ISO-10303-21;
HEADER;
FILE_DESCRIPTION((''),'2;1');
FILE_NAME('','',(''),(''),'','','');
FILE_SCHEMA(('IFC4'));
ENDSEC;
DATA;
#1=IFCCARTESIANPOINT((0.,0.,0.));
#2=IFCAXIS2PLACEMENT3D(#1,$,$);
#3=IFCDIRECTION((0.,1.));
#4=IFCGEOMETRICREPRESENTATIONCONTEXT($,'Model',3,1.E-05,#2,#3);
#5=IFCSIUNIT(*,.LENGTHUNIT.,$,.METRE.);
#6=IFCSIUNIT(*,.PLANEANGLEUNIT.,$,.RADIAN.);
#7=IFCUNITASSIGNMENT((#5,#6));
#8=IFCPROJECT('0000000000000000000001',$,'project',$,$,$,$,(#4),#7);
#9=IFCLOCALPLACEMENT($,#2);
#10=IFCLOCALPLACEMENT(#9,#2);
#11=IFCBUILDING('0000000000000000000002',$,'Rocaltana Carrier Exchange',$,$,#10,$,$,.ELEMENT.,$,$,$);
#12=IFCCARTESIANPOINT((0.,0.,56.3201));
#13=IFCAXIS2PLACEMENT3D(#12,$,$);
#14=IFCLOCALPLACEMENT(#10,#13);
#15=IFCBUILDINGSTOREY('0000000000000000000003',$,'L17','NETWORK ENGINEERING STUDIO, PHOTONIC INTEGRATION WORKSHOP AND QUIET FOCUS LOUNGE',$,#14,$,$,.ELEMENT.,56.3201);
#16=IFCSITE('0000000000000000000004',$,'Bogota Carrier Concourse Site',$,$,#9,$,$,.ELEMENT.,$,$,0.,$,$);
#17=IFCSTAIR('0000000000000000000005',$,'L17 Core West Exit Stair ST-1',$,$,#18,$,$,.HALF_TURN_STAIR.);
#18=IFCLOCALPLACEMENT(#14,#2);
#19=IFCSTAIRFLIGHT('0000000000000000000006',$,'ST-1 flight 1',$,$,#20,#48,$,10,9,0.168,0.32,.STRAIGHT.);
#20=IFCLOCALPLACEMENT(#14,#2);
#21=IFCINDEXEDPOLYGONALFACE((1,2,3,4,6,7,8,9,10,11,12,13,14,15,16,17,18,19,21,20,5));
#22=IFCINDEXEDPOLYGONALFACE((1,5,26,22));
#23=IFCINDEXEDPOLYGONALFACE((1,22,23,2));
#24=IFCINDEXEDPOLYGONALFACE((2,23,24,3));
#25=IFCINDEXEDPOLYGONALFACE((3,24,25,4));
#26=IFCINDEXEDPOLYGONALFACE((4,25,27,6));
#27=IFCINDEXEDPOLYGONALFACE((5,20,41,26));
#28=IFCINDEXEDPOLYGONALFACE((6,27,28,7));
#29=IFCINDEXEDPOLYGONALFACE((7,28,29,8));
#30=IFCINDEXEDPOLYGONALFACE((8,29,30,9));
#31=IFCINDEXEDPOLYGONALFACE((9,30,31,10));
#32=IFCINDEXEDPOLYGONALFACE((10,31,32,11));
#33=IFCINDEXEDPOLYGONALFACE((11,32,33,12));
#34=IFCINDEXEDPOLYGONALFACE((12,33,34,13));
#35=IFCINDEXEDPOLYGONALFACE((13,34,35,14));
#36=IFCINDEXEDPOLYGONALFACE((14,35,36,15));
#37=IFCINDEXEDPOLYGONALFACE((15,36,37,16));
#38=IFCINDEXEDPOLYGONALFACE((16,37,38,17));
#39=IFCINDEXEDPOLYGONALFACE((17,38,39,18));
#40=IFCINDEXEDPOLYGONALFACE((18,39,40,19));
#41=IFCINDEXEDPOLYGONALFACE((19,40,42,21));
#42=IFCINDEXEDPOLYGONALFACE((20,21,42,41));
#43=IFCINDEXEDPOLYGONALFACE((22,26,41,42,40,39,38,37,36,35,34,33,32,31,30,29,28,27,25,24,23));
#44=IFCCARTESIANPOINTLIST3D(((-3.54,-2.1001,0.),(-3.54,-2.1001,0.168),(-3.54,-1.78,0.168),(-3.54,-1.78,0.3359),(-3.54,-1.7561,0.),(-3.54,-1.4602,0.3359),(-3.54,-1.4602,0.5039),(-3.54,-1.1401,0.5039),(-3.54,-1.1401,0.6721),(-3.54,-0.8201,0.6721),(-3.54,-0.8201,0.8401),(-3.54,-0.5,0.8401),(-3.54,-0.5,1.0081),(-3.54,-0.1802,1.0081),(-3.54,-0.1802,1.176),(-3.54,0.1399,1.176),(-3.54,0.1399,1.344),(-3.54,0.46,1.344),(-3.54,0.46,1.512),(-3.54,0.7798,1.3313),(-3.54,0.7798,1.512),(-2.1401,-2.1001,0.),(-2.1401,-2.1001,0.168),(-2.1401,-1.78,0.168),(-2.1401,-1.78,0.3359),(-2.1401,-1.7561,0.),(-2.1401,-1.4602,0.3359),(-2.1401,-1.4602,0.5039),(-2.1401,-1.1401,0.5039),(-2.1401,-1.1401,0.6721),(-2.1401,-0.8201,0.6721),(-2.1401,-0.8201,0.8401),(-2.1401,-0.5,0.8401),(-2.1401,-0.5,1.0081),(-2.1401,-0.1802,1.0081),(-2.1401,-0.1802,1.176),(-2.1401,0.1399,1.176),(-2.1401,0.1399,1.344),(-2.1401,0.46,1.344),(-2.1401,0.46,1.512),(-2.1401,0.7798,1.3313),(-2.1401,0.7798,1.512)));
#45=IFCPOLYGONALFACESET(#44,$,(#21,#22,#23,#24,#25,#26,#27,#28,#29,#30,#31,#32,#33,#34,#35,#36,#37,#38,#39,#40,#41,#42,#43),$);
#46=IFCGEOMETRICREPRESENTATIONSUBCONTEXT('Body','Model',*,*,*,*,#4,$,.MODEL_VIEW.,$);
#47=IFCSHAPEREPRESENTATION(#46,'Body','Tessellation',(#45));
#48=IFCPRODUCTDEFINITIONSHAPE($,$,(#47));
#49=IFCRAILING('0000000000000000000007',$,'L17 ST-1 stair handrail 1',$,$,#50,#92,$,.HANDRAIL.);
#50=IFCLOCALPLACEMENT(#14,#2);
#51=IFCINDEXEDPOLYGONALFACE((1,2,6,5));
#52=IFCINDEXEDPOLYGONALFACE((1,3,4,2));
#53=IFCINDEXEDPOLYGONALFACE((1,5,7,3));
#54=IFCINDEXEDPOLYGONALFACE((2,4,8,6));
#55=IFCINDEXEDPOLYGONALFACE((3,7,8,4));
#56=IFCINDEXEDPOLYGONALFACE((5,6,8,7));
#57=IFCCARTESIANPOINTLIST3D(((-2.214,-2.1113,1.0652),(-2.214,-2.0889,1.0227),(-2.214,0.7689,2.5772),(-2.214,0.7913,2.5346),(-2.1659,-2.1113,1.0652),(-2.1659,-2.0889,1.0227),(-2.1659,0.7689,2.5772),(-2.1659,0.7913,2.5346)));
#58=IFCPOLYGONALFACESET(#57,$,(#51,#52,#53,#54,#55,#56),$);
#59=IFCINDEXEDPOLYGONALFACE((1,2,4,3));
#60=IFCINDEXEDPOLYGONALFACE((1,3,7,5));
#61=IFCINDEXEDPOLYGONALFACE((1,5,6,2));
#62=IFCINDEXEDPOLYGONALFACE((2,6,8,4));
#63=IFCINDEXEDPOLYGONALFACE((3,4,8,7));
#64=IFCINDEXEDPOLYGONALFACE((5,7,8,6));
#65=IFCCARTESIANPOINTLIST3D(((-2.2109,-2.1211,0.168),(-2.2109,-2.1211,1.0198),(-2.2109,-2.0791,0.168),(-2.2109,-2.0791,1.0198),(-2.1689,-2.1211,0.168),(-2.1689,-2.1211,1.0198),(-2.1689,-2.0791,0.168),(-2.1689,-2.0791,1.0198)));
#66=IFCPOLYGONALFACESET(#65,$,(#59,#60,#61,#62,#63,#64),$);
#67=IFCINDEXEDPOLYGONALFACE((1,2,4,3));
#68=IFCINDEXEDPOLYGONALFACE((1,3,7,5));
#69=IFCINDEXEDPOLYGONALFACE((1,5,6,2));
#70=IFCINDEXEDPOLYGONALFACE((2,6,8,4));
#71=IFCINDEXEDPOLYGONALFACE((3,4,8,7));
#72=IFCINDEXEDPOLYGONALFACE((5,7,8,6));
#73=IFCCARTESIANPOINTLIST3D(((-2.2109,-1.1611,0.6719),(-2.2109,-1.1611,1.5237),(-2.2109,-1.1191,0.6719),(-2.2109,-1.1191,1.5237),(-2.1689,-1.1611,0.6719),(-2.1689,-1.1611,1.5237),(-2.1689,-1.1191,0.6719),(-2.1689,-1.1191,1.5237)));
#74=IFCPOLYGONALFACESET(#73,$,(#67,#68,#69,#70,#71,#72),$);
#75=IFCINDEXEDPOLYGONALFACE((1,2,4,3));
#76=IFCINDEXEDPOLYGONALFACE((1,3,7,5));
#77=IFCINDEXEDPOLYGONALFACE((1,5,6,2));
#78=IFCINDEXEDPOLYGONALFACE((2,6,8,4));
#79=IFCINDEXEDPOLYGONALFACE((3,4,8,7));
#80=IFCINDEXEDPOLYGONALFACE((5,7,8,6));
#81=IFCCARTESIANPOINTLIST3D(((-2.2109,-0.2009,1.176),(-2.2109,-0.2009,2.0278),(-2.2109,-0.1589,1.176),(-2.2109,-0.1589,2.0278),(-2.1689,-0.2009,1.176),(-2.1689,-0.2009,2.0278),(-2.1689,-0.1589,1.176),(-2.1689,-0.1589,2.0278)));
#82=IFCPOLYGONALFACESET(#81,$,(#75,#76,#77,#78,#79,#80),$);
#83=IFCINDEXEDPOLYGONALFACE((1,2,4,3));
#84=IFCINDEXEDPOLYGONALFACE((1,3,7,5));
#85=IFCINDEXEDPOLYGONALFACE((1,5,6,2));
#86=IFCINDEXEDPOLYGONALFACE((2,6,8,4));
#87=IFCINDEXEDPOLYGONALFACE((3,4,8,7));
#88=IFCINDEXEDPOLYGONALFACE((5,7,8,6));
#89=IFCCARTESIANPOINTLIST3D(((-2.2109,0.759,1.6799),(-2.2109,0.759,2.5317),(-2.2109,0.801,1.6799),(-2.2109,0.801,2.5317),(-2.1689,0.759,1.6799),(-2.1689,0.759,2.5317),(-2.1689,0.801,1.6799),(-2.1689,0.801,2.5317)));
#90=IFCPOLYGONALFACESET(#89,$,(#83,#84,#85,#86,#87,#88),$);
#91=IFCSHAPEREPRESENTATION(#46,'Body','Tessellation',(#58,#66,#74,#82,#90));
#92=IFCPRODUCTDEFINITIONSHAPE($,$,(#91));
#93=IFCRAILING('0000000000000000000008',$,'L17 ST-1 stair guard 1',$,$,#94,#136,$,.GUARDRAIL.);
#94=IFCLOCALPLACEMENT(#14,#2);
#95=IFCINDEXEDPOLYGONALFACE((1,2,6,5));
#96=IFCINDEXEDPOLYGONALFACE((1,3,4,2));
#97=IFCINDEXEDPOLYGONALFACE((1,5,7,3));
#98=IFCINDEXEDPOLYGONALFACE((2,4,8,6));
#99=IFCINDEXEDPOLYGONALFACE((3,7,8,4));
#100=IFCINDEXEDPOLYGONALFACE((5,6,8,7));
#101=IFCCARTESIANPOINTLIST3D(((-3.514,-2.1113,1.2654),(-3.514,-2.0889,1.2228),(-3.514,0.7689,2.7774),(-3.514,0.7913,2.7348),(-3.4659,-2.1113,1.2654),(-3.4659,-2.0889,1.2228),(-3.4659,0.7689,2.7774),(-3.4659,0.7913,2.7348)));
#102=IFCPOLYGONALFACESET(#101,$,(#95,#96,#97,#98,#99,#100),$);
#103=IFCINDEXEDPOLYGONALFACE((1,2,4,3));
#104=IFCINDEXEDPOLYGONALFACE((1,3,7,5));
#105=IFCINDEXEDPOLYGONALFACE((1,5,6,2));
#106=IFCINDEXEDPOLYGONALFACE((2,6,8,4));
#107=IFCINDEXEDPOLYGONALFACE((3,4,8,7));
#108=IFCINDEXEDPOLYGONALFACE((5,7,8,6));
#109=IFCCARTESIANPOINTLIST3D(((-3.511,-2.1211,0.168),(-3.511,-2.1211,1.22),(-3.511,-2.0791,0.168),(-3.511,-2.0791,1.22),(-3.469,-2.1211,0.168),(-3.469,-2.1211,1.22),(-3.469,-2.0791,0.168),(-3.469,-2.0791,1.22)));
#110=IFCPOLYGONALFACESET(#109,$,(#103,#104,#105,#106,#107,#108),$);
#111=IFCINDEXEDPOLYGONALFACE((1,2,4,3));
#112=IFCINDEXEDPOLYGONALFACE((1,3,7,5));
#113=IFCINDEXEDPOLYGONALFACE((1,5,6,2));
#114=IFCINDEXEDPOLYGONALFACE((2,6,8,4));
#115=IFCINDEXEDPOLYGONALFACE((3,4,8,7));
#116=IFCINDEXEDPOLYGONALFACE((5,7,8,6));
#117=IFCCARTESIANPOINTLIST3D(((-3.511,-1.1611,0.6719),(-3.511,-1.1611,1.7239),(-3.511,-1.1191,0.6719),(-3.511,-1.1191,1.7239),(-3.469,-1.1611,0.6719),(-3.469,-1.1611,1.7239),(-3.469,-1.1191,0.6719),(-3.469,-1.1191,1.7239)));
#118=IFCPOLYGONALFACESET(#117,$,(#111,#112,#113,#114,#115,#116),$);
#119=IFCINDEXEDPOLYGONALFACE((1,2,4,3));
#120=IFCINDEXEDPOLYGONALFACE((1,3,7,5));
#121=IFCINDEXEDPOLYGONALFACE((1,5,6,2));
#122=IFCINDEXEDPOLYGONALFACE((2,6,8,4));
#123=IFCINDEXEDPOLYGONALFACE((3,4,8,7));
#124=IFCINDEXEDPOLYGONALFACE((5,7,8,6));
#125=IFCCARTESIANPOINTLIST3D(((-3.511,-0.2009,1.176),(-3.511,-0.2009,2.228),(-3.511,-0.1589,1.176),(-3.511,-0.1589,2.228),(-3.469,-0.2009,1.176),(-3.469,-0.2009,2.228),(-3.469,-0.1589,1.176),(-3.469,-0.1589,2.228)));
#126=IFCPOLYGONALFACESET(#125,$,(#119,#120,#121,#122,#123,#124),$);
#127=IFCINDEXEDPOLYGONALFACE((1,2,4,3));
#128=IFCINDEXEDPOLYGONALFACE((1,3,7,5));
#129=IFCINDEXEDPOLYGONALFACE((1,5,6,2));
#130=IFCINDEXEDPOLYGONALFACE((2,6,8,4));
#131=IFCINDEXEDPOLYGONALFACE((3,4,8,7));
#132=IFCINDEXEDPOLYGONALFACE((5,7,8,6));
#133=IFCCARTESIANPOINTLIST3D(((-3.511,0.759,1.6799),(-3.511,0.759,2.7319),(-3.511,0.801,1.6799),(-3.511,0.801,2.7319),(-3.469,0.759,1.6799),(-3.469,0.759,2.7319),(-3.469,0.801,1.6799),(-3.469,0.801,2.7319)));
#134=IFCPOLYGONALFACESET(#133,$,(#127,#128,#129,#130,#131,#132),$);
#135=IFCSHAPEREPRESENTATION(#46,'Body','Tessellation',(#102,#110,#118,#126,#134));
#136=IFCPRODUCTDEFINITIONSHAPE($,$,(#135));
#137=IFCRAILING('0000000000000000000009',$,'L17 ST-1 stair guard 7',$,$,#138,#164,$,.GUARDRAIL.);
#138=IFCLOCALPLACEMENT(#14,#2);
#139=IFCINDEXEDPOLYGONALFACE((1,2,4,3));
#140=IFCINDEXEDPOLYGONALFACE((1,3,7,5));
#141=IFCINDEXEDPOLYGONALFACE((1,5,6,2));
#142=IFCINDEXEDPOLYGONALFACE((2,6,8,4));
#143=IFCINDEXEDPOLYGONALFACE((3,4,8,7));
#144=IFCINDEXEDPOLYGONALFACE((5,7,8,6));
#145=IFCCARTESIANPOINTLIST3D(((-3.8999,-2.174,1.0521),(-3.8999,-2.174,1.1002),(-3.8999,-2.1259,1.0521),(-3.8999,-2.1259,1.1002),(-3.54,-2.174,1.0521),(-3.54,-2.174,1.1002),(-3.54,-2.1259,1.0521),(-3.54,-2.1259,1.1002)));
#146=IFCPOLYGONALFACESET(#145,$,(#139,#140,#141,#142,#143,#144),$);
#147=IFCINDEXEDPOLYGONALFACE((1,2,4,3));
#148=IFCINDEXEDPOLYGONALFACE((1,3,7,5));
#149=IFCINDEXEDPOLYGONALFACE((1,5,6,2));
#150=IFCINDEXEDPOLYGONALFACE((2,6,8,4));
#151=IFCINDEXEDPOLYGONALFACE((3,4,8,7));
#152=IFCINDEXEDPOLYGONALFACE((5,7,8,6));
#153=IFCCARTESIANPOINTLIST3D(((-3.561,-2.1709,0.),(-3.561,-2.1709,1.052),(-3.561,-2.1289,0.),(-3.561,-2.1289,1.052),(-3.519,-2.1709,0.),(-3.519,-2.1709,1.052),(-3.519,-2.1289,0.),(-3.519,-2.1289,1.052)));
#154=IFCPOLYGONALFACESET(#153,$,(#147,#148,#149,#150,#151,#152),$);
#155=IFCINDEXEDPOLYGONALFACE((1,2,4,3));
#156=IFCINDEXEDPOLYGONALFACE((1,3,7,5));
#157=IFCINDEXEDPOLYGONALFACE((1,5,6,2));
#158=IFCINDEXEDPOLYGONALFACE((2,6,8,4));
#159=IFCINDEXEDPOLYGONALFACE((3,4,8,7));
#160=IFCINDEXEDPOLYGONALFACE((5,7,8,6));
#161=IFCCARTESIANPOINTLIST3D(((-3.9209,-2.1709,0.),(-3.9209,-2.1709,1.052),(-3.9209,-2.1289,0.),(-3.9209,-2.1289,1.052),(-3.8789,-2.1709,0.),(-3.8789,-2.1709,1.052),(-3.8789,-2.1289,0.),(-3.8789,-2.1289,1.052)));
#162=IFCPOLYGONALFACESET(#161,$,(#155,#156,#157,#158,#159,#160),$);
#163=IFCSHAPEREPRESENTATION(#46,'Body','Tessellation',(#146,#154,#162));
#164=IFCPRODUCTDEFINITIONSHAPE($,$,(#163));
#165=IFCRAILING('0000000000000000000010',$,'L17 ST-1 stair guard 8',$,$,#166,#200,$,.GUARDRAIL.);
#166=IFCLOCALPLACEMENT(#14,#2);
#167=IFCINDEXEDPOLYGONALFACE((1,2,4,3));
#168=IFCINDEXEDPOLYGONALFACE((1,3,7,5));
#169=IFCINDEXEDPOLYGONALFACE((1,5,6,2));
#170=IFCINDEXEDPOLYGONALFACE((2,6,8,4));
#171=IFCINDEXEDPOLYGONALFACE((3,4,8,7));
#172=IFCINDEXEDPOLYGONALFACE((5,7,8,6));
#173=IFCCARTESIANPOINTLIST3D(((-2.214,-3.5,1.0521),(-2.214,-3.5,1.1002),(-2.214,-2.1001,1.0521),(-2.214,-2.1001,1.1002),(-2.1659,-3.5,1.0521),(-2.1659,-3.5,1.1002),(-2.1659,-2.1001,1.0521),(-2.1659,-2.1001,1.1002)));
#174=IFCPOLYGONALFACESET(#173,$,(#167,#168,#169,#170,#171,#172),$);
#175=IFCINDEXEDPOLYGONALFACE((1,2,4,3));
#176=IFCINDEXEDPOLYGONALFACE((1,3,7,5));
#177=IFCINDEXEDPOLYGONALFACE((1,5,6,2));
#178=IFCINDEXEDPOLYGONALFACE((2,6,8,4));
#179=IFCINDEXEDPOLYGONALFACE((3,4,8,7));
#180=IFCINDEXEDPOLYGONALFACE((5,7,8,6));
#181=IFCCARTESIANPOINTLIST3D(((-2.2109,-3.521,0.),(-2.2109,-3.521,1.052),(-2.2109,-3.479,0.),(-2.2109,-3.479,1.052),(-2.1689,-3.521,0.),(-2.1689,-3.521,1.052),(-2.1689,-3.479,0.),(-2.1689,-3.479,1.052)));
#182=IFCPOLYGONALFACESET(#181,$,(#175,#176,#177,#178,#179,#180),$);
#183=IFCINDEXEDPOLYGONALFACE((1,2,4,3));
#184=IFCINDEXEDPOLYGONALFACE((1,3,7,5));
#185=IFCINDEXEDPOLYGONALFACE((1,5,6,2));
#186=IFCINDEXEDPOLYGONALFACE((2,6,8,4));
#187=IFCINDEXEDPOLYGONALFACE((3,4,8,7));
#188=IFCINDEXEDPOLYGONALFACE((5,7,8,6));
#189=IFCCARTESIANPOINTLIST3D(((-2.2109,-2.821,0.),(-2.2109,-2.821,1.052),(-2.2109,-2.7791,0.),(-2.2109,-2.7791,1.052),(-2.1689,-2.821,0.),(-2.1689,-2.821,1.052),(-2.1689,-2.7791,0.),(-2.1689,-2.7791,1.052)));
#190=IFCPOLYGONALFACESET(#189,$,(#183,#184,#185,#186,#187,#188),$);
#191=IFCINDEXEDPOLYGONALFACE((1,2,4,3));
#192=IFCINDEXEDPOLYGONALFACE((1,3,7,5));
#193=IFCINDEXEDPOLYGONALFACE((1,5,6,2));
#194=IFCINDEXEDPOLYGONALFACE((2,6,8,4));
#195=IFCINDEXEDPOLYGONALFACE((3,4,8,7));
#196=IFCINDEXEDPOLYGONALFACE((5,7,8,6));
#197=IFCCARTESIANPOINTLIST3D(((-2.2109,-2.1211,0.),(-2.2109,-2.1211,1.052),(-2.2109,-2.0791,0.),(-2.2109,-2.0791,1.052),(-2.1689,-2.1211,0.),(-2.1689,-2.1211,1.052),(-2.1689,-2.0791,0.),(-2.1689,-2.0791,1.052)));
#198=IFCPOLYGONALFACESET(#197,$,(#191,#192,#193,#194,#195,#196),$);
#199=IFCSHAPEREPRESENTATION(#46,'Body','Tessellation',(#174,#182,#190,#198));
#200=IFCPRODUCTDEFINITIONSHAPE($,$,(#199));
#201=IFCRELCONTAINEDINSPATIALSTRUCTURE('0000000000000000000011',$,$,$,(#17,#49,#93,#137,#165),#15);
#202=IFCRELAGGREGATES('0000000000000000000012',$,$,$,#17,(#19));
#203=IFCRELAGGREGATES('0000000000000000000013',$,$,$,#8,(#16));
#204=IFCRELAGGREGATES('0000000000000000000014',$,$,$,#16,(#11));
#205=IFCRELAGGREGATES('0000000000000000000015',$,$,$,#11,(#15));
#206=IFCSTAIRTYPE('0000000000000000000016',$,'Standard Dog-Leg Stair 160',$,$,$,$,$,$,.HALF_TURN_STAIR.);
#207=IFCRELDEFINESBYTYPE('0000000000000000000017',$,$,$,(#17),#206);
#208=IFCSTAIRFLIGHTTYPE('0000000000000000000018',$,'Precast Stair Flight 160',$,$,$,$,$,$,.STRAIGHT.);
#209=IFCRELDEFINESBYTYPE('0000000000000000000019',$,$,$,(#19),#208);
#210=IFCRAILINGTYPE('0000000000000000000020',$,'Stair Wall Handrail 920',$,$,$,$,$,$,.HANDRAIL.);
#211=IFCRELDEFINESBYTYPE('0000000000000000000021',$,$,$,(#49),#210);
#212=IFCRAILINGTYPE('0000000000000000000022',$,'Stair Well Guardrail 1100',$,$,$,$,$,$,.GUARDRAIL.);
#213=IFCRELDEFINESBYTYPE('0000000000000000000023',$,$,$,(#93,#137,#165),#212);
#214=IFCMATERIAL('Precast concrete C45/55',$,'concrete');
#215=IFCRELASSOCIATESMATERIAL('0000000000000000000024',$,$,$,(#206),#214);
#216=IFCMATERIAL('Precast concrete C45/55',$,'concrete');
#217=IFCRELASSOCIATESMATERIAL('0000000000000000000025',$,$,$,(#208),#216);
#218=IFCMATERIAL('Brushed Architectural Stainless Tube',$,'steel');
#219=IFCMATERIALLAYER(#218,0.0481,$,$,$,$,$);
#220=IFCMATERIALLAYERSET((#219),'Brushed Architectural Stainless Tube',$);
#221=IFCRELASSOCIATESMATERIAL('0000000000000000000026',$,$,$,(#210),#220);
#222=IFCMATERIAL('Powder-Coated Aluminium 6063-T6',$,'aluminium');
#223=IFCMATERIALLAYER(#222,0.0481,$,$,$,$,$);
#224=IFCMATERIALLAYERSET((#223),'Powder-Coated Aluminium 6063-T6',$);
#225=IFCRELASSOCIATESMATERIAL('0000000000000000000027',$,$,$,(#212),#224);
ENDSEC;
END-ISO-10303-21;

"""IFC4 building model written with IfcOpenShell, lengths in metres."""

from ifc_helpers import new_model, si_unit, direction, frame, origin, origin_2d, place, context, subcontext, project, spatial, polyline, rectangle, outline, extrude, material, layer, layer_set, type_object, element, aggregate, save


model = new_model("IFC4")

# Units and contexts
model_context = context("Model", 3, precision=1e-05, world=origin(), true_north=direction((0.0, 1.0)))
body_context = subcontext(model_context, "Body", "Model", "MODEL_VIEW")
ifc_project = project(units=[si_unit("LENGTHUNIT", "METRE"), si_unit("PLANEANGLEUNIT", "RADIAN")], contexts=[model_context])

# Site, building, storey
site_placement = place(None, origin())
site = spatial("IfcSite", under=ifc_project, at=site_placement, Name="Bogota Carrier Concourse Site", CompositionType="ELEMENT", RefElevation=0.0)
building_placement = place(site_placement, origin())
building = spatial("IfcBuilding", under=site, at=building_placement, Name="Rocaltana Carrier Exchange", CompositionType="ELEMENT")
storey_placement = place(building_placement, frame((0.0, 0.0, 56.3201)))
storey = spatial("IfcBuildingStorey", under=building, at=storey_placement, Name="L17", Description="NETWORK ENGINEERING STUDIO, PHOTONIC INTEGRATION WORKSHOP AND QUIET FOCUS LOUNGE", CompositionType="ELEMENT", Elevation=56.3201)

# Stair, stair flight
ifc_material_1 = material(Name="Precast concrete C45/55", Category="concrete")
stair_type = type_object("IfcStairType", Name="Standard Dog-Leg Stair 160", PredefinedType="HALF_TURN_STAIR", material=ifc_material_1)
stair_placement = place(storey_placement, origin())
stair = element("IfcStair", 1, at=stair_placement, inside=storey, type_object=stair_type, Name="L17 Core West Exit Stair ST-1", PredefinedType="HALF_TURN_STAIR")
ifc_material_2 = material(Name="Precast concrete C45/55", Category="concrete")
stair_flight_type = type_object("IfcStairFlightType", Name="Precast Stair Flight 160", PredefinedType="STRAIGHT", material=ifc_material_2)
stair_flight_placement = place(storey_placement, frame((-2.8401, -2.1001, 0.0), z_axis=(0.0, 0.0, 1.0), x_axis=(0.0, 1.0, 0.0)))
stair_flight = element("IfcStairFlight", 2, at=stair_flight_placement, type_object=stair_flight_type, Name="ST-1 flight 1", NumberOfRisers=10, NumberOfTreads=9, PredefinedType="STRAIGHT", RiserHeight=0.168, TreadLength=0.32, context=body_context, shape_type="SweptSolid", body=[
    extrude(outline(polyline([(0.0, 0.0), (0.0, 0.168), (0.3201, 0.168), (0.3201, 0.3359), (0.6399, 0.3359), (0.6399, 0.5039), (0.96, 0.5039), (0.96, 0.6721), (1.28, 0.6721), (1.28, 0.8401), (1.6001, 0.8401), (1.6001, 1.0081), (1.9199, 1.0081), (1.9199, 1.176), (2.24, 1.176), (2.24, 1.344), (2.5601, 1.344), (2.5601, 1.512), (2.8799, 1.512), (2.8799, 1.6799), (2.8799, 1.3313), (0.344, 0.0), (0.0, 0.0)])), frame((0.0, 0.7, 0.0), z_axis=(0.0, -1.0, 0.0), x_axis=(1.0, 0.0, 0.0)), (0.0, 0.0, 1.0), 1.3999),
])
aggregate(stair, [stair_flight])

# Railings
ifc_material_3 = material(Name="Brushed Architectural Stainless Tube", Category="steel")
ifc_layer_1 = layer(ifc_material_3, 0.0481)
ifc_layer_set_1 = layer_set([ifc_layer_1], Name="Brushed Architectural Stainless Tube")
railing_type_1 = type_object("IfcRailingType", Name="Stair Wall Handrail 920", PredefinedType="HANDRAIL", material=ifc_layer_set_1)
railing_1_placement = place(storey_placement, frame((-2.1899, -2.1001, 0.168)))
element("IfcRailing", 3, at=railing_1_placement, inside=storey, type_object=railing_type_1, Name="L17 ST-1 stair handrail 1", PredefinedType="HANDRAIL", context=body_context, shape_type="SweptSolid", body=[
    extrude(rectangle(XDim=0.0481, YDim=0.0481, at=origin_2d()), frame((0.0, 0.0, 0.876), z_axis=(0.0, 0.885411, 0.464809), x_axis=(-1.0, 0.0, 0.0)), (0.0, 0.0, 1.0), 3.2529),
    extrude(rectangle(XDim=0.042, YDim=0.042, at=origin_2d()), origin(), (0.0, 0.0, 1.0), 0.8518),
    extrude(rectangle(XDim=0.042, YDim=0.042, at=origin_2d()), frame((0.0, 0.96, 0.5039)), (0.0, 0.0, 1.0), 0.8518),
    extrude(rectangle(XDim=0.042, YDim=0.042, at=origin_2d()), frame((0.0, 1.9202, 1.0081)), (0.0, 0.0, 1.0), 0.8518),
    extrude(rectangle(XDim=0.042, YDim=0.042, at=origin_2d()), frame((0.0, 2.8801, 1.512)), (0.0, 0.0, 1.0), 0.8518),
])
ifc_material_4 = material(Name="Powder-Coated Aluminium 6063-T6", Category="aluminium")
ifc_layer_2 = layer(ifc_material_4, 0.0481)
ifc_layer_set_2 = layer_set([ifc_layer_2], Name="Powder-Coated Aluminium 6063-T6")
railing_type_2 = type_object("IfcRailingType", Name="Stair Well Guardrail 1100", PredefinedType="GUARDRAIL", material=ifc_layer_set_2)
railing_2_placement = place(storey_placement, frame((-3.49, -2.1001, 0.168)))
element("IfcRailing", 4, at=railing_2_placement, inside=storey, type_object=railing_type_2, Name="L17 ST-1 stair guard 1", PredefinedType="GUARDRAIL", context=body_context, shape_type="SweptSolid", body=[
    extrude(rectangle(XDim=0.0481, YDim=0.0481, at=origin_2d()), frame((0.0, 0.0, 1.0762), z_axis=(0.0, 0.885411, 0.464809), x_axis=(-1.0, 0.0, 0.0)), (0.0, 0.0, 1.0), 3.2529),
    extrude(rectangle(XDim=0.042, YDim=0.042, at=origin_2d()), origin(), (0.0, 0.0, 1.0), 1.052),
    extrude(rectangle(XDim=0.042, YDim=0.042, at=origin_2d()), frame((0.0, 0.96, 0.5039)), (0.0, 0.0, 1.0), 1.052),
    extrude(rectangle(XDim=0.042, YDim=0.042, at=origin_2d()), frame((0.0, 1.9202, 1.0081)), (0.0, 0.0, 1.0), 1.052),
    extrude(rectangle(XDim=0.042, YDim=0.042, at=origin_2d()), frame((0.0, 2.8801, 1.512)), (0.0, 0.0, 1.0), 1.052),
])
railing_3_placement = place(storey_placement, frame((-3.54, -2.1499, 0.0)))
element("IfcRailing", 5, at=railing_3_placement, inside=storey, type_object=railing_type_2, Name="L17 ST-1 stair guard 7", PredefinedType="GUARDRAIL", context=body_context, shape_type="SweptSolid", body=[
    extrude(rectangle(XDim=0.0481, YDim=0.0481, at=origin_2d()), frame((0.0, 0.0, 1.0762), z_axis=(-1.0, 0.0, 0.0), x_axis=(0.0, -1.0, 0.0)), (0.0, 0.0, 1.0), 0.3599),
    extrude(rectangle(XDim=0.042, YDim=0.042, at=origin_2d()), origin(), (0.0, 0.0, 1.0), 1.052),
    extrude(rectangle(XDim=0.042, YDim=0.042, at=origin_2d()), frame((-0.3599, 0.0, 0.0)), (0.0, 0.0, 1.0), 1.052),
])
for number, where, name in (
    (6, (-2.1899, -3.5, 0.0), "L17 ST-1 stair guard 8"),
):
    element("IfcRailing", number, at=place(storey_placement, frame(where)), inside=storey, type_object=railing_type_2, Name=name, PredefinedType="GUARDRAIL", context=body_context, shape_type="SweptSolid", body=[
        extrude(rectangle(XDim=0.0481, YDim=0.0481, at=origin_2d()), frame((0.0, 0.0, 1.0762), z_axis=(0.0, 1.0, 0.0), x_axis=(-1.0, 0.0, 0.0)), (0.0, 0.0, 1.0), 1.3999),
        extrude(rectangle(XDim=0.042, YDim=0.042, at=origin_2d()), origin(), (0.0, 0.0, 1.0), 1.052),
        extrude(rectangle(XDim=0.042, YDim=0.042, at=origin_2d()), frame((0.0, 0.7, 0.0)), (0.0, 0.0, 1.0), 1.052),
        extrude(rectangle(XDim=0.042, YDim=0.042, at=origin_2d()), frame((0.0, 1.3999, 0.0)), (0.0, 0.0, 1.0), 1.052),
    ])

save(model, "model.ifc")
